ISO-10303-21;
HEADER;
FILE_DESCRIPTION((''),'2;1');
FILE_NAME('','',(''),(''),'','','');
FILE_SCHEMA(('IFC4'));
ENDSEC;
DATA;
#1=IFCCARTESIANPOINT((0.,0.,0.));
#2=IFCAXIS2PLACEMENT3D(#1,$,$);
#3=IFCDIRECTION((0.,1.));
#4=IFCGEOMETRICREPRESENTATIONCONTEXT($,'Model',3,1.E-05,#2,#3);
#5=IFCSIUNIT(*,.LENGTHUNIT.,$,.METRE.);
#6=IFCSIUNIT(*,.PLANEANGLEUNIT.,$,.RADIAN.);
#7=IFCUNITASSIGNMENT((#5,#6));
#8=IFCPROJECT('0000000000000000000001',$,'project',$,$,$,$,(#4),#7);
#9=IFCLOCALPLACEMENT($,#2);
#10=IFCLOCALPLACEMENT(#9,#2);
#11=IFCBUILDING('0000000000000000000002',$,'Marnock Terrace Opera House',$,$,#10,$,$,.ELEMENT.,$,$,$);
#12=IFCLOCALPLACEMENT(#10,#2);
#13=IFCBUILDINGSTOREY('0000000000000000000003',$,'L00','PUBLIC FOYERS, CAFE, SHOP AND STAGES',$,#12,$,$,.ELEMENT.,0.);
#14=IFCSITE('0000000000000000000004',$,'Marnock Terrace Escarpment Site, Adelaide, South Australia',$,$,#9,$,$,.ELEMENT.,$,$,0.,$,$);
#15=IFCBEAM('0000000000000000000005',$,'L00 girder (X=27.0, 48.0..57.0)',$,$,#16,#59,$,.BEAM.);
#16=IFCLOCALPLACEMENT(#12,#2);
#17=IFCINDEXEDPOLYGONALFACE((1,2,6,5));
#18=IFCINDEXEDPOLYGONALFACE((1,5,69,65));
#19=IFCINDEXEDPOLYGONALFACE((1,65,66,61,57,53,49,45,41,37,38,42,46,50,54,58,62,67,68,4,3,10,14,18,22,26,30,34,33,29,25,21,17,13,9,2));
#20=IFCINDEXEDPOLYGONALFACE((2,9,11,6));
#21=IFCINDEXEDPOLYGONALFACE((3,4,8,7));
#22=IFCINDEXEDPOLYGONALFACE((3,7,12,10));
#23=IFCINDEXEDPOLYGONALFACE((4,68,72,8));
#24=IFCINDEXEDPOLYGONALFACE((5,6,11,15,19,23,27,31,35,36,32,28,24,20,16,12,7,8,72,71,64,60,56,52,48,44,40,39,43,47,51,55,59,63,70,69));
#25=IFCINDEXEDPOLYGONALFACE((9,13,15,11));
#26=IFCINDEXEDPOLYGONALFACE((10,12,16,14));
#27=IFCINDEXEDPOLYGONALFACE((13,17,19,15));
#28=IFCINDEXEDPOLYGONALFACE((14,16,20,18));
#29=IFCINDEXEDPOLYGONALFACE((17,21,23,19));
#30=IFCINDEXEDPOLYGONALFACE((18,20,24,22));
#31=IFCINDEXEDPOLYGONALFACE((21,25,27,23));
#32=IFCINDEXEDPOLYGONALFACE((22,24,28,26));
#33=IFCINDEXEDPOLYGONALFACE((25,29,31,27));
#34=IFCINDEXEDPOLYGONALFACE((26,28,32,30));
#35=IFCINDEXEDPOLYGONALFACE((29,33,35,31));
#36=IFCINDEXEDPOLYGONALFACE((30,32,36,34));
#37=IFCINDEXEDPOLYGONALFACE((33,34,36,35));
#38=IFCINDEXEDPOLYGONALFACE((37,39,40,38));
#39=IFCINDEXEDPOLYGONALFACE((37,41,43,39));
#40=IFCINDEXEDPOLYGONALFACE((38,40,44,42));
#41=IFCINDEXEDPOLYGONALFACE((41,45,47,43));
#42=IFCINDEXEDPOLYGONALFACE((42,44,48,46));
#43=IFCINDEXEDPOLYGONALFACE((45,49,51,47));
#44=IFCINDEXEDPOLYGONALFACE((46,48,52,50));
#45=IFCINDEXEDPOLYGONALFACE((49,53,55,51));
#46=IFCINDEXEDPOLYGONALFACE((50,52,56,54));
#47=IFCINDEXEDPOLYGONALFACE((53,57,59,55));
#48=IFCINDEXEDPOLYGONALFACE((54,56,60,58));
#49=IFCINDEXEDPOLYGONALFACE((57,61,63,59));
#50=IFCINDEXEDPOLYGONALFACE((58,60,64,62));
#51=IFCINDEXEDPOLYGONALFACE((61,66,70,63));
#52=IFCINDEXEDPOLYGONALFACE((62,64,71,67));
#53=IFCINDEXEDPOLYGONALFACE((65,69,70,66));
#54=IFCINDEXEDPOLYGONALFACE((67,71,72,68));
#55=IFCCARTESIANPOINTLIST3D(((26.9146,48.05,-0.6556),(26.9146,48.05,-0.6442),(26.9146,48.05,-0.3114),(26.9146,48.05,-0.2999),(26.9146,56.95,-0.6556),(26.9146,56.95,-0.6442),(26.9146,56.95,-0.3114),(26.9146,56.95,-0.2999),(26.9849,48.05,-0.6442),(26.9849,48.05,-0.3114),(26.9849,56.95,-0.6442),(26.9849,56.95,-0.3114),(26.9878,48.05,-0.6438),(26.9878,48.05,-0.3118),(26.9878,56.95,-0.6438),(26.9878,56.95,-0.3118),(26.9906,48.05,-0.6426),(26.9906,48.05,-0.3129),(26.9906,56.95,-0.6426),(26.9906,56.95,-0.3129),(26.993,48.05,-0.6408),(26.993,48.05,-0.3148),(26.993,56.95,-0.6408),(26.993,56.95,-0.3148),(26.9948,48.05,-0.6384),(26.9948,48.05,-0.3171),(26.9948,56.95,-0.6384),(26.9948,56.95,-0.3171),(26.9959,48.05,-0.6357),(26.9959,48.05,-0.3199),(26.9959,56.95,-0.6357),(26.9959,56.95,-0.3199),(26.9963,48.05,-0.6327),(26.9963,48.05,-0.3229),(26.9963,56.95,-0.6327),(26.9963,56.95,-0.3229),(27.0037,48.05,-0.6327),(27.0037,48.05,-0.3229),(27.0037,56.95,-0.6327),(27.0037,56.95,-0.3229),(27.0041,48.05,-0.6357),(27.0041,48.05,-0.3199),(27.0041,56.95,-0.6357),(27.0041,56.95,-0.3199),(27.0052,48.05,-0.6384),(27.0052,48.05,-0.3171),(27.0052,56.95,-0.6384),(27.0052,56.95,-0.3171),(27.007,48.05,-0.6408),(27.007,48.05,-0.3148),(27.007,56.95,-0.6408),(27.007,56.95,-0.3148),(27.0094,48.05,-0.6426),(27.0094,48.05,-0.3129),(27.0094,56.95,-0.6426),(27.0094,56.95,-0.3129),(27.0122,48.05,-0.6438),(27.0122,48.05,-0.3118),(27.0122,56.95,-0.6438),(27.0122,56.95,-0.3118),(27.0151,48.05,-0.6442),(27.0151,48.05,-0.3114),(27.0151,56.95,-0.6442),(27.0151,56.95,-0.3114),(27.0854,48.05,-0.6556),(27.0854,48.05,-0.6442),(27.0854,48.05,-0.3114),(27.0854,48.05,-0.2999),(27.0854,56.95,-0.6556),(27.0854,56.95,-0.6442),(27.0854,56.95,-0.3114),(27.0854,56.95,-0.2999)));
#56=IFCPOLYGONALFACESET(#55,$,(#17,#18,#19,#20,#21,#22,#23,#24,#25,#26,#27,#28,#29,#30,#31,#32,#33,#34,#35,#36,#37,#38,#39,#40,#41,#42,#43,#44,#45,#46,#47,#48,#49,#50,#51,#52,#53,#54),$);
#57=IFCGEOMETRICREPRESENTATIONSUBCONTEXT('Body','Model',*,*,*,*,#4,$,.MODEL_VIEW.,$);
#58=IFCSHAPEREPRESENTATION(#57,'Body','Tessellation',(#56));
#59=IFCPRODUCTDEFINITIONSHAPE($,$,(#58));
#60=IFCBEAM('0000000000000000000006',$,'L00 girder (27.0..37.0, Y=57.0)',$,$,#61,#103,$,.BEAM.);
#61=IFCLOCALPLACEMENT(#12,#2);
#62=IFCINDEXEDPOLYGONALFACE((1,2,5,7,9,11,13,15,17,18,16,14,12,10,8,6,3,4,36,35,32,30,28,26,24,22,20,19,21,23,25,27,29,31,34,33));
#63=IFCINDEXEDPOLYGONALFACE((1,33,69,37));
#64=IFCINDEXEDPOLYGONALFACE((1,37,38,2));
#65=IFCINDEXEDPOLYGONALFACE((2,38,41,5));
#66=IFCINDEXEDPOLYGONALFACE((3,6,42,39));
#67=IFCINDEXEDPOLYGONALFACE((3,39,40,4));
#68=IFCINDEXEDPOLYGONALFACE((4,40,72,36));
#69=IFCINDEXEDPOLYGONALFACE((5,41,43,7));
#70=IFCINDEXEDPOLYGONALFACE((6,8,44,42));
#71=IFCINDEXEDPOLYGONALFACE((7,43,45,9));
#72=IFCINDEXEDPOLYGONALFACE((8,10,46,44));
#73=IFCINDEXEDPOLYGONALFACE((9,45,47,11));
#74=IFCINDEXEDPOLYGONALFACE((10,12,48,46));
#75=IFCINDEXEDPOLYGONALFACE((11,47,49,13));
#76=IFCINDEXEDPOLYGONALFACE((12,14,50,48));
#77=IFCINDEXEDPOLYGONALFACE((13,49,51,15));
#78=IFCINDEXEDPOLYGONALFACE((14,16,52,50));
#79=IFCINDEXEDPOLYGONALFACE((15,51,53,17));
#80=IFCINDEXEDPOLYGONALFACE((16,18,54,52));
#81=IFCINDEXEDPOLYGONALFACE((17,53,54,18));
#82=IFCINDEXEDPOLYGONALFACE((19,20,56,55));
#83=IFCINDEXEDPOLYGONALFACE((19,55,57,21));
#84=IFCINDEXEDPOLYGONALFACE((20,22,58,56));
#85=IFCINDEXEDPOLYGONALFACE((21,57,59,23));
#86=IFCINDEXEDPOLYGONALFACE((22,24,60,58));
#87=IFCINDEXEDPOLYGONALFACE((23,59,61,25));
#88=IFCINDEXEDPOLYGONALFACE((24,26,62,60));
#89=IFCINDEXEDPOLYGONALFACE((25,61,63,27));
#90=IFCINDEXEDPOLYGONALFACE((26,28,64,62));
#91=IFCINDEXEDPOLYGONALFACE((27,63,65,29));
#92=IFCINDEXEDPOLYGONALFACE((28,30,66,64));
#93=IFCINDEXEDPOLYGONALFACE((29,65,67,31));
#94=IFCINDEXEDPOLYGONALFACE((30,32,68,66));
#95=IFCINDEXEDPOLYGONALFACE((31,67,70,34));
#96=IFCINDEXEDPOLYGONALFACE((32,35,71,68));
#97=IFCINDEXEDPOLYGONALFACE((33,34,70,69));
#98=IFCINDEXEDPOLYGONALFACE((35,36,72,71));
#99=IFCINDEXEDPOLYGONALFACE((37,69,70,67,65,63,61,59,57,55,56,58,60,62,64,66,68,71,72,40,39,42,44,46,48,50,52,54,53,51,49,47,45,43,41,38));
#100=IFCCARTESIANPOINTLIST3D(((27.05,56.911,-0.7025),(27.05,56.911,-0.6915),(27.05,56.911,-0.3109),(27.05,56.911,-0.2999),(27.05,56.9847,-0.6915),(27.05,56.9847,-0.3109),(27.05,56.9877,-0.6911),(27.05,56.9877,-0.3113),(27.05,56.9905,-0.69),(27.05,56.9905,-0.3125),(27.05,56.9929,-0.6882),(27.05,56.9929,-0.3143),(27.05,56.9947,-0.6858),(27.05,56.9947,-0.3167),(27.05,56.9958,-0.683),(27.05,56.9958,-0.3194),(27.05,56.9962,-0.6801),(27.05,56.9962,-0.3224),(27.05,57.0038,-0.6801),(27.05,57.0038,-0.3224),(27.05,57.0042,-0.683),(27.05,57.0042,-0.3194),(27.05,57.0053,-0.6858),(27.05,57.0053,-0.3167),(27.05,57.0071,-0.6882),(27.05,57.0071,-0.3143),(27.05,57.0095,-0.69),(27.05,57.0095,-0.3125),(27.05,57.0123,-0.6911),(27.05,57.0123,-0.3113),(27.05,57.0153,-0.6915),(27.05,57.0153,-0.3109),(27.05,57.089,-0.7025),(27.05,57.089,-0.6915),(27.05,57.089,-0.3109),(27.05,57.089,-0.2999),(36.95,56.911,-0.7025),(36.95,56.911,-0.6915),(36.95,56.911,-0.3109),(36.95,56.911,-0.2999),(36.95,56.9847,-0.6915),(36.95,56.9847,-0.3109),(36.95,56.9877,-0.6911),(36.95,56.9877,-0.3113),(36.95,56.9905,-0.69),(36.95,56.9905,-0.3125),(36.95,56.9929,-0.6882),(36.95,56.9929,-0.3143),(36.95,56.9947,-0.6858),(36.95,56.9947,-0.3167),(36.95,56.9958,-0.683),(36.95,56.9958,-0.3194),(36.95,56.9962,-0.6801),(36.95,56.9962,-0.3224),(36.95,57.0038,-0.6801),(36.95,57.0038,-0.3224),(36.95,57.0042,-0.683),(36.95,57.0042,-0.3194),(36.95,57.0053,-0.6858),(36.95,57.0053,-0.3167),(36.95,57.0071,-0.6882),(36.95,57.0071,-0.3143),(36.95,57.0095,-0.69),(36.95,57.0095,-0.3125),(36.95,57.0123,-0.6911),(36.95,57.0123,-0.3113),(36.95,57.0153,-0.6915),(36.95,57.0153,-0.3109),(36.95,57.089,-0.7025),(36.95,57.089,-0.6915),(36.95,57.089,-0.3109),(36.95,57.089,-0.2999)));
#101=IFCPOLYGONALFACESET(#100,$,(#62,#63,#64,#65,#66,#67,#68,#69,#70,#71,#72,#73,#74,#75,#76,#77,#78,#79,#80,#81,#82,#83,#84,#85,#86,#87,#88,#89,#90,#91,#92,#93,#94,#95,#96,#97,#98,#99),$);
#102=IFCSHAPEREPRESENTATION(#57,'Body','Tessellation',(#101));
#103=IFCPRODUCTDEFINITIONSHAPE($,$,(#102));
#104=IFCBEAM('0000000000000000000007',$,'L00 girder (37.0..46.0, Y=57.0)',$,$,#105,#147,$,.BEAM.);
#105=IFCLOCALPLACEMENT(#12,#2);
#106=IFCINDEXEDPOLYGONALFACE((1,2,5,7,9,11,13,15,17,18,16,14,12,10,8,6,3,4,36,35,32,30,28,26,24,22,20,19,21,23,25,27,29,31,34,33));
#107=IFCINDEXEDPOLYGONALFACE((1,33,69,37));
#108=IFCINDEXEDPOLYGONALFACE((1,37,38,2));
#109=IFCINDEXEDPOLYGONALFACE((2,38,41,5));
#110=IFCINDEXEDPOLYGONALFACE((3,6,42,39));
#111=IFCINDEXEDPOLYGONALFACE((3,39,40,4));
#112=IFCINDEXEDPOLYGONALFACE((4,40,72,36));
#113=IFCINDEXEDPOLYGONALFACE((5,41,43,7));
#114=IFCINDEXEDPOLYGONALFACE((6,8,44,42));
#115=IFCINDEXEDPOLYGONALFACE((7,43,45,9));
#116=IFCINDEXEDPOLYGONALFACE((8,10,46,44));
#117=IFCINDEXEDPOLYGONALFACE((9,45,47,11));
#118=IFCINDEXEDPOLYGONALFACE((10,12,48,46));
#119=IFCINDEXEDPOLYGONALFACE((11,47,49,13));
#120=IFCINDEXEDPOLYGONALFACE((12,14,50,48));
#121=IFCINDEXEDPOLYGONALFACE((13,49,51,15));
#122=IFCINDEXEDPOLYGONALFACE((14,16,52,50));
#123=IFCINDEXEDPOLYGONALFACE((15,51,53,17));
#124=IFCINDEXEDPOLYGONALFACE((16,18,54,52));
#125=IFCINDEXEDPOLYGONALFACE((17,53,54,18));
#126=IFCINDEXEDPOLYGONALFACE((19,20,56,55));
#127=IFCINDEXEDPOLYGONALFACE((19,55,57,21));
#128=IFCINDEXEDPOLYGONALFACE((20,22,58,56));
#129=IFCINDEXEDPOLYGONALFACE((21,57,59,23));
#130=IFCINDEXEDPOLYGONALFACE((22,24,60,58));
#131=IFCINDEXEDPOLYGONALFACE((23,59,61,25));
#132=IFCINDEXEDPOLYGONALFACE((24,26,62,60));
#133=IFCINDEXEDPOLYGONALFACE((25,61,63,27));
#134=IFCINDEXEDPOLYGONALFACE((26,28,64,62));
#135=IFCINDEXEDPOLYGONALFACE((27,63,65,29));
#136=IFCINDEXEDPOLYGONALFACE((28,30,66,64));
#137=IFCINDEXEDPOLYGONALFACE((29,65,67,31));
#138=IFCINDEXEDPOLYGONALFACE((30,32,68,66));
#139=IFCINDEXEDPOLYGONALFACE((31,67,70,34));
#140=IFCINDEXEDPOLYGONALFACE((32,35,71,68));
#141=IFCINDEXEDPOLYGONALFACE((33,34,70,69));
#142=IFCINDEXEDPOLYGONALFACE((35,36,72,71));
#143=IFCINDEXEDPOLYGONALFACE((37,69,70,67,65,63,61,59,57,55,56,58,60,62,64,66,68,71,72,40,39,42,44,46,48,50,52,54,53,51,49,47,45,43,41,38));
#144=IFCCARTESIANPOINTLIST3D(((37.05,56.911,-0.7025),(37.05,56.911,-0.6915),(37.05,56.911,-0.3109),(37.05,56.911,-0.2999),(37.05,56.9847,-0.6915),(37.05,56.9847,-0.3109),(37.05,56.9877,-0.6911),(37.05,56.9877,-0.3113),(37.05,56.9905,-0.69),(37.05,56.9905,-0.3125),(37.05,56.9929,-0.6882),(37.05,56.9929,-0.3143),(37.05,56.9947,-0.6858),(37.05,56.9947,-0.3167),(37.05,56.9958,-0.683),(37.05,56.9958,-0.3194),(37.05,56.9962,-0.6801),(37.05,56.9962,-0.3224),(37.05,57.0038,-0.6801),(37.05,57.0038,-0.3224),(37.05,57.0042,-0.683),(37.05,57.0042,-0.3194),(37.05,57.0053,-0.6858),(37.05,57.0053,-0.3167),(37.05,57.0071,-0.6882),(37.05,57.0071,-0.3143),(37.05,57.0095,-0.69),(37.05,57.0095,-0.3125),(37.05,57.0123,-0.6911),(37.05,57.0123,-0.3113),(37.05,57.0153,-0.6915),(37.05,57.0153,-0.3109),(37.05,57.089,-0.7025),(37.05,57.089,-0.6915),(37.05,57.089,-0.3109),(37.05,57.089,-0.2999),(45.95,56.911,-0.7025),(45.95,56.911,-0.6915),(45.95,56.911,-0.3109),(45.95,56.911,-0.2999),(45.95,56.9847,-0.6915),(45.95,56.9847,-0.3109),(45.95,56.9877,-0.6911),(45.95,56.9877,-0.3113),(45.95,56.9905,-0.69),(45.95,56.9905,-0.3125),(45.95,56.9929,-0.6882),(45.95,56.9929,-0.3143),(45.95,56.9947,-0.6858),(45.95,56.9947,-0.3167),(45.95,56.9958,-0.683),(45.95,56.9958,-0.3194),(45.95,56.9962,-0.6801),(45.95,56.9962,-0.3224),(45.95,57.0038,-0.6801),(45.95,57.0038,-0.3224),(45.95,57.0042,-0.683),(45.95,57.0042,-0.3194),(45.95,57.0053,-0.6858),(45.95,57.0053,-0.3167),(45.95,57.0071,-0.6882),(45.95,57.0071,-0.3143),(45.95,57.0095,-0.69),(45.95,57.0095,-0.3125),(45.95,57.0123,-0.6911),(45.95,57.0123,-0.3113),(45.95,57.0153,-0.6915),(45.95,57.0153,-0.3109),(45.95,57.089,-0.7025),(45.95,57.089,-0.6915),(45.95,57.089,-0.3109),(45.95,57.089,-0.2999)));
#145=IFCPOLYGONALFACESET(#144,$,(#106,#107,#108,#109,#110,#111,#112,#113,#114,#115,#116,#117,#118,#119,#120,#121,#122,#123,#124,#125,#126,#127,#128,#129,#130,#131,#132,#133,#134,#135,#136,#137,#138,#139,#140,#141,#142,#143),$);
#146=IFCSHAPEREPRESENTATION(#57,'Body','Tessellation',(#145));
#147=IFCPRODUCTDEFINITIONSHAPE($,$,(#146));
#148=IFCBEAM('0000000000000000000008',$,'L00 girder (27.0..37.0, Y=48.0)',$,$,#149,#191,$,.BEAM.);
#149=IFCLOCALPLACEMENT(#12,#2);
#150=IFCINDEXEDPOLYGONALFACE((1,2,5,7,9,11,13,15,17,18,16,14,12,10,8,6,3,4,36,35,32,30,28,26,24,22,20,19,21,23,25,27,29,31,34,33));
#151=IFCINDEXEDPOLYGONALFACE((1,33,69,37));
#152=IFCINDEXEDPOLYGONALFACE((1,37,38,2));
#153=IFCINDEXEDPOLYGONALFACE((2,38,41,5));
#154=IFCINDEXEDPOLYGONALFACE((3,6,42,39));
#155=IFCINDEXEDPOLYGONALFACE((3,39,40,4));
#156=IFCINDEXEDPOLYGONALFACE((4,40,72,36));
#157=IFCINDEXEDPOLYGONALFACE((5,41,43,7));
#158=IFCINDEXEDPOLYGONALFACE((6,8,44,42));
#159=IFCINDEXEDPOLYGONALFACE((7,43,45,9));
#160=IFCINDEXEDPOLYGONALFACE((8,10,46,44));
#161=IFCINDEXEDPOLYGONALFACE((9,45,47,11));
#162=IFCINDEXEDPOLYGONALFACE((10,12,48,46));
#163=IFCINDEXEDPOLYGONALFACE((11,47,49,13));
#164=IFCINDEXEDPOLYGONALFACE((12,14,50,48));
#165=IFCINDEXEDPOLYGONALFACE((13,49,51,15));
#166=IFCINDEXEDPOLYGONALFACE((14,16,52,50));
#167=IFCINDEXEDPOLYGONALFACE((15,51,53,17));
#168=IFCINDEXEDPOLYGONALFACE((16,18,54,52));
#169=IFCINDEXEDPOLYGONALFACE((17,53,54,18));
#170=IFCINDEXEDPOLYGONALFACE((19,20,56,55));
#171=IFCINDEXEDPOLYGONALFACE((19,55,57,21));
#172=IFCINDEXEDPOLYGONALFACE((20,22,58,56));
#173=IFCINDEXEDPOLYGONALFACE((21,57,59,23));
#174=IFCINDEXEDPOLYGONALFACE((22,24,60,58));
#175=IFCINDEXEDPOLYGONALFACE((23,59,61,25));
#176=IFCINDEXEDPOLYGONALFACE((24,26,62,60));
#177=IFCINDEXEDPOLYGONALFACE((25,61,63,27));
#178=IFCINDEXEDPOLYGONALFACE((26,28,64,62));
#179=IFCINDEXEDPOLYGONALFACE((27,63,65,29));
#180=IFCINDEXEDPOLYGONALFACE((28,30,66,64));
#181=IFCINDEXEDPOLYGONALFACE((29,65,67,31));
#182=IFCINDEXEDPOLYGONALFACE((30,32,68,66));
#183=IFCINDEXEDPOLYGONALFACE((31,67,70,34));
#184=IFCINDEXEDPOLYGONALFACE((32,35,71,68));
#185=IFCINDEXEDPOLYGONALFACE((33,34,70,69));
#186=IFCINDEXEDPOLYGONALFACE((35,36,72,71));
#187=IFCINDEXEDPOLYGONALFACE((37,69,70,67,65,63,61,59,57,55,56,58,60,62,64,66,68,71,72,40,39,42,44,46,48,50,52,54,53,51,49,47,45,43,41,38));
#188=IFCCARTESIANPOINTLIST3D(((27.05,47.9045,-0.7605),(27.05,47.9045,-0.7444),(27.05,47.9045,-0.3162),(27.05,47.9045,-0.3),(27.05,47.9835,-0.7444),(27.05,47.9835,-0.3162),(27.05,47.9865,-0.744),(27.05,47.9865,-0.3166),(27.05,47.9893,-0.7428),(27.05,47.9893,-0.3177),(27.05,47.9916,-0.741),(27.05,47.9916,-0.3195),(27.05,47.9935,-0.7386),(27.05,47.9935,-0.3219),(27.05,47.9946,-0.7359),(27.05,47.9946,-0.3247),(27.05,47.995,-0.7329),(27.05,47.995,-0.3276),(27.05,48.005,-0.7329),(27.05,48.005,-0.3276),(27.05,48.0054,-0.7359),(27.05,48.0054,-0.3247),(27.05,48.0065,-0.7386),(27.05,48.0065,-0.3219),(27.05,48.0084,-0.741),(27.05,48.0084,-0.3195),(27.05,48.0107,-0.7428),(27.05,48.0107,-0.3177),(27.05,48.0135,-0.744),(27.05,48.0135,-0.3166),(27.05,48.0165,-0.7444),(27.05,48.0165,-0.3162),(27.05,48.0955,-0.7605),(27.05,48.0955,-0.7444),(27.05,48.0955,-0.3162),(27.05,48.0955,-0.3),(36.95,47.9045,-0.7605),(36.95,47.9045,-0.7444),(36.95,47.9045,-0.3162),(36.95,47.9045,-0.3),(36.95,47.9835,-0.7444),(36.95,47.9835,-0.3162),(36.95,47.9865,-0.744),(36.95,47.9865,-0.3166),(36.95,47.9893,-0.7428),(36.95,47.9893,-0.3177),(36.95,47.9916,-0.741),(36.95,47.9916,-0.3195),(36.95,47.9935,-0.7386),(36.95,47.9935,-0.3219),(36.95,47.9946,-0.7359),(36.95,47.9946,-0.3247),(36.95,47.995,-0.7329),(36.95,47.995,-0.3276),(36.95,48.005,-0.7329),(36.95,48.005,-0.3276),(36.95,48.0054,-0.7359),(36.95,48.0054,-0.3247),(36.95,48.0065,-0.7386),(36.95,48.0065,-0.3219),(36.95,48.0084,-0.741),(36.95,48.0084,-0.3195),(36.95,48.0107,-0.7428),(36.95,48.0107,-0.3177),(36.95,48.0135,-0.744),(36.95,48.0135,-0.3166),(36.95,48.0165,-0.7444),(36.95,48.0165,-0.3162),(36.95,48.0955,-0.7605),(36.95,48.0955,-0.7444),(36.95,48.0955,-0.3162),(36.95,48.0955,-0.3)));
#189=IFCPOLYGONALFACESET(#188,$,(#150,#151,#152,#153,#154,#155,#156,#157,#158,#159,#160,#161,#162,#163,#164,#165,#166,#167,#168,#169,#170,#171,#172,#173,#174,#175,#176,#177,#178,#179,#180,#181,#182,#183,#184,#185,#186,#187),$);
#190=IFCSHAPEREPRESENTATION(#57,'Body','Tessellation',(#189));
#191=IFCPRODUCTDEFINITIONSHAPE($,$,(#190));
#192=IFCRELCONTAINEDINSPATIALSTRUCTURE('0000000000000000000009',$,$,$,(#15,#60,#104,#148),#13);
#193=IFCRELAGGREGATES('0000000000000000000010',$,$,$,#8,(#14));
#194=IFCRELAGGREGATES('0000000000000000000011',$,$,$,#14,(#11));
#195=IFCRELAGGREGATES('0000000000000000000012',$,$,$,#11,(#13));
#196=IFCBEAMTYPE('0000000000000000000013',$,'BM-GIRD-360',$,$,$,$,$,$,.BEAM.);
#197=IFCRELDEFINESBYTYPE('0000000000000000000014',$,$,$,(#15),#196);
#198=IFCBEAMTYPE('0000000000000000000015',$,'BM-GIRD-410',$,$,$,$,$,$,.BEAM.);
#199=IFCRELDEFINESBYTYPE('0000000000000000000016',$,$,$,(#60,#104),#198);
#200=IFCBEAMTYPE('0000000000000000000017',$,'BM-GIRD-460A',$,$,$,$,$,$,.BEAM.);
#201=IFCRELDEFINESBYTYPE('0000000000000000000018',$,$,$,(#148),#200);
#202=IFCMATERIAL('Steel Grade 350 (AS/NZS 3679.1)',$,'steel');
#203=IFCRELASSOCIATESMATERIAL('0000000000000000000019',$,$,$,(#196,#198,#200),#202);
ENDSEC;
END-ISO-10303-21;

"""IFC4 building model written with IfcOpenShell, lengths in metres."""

from ifc_helpers import new_model, si_unit, direction, frame, origin, origin_2d, place, context, subcontext, project, spatial, i_section, extrude, material, material_profile, profile_set, type_object, element, save


model = new_model("IFC4")

# Units and contexts
model_context = context("Model", 3, precision=1e-05, world=origin(), true_north=direction((0.0, 1.0)))
body_context = subcontext(model_context, "Body", "Model", "MODEL_VIEW")
ifc_project = project(units=[si_unit("LENGTHUNIT", "METRE"), si_unit("PLANEANGLEUNIT", "RADIAN")], contexts=[model_context])

# Site, building, storey
site_placement = place(None, origin())
site = spatial("IfcSite", under=ifc_project, at=site_placement, Name="Marnock Terrace Escarpment Site, Adelaide, South Australia", CompositionType="ELEMENT", RefElevation=0.0)
building_placement = place(site_placement, origin())
building = spatial("IfcBuilding", under=site, at=building_placement, Name="Marnock Terrace Opera House", CompositionType="ELEMENT")
storey_placement = place(building_placement, origin())
storey = spatial("IfcBuildingStorey", under=building, at=storey_placement, Name="L00", Description="PUBLIC FOYERS, CAFE, SHOP AND STAGES", CompositionType="ELEMENT", Elevation=0.0)

# Shared definitions
ifc_material_1 = material(Name="Steel Grade 350 (AS/NZS 3679.1)", Category="steel")

# Beams
ifc_material_profile_1 = material_profile(ifc_material_1, i_section(OverallWidth=0.1709, OverallDepth=0.3557, WebThickness=0.0073, FlangeThickness=0.0115, FilletRadius=0.0115, at=origin_2d()))
ifc_profile_set_1 = profile_set([ifc_material_profile_1], Name="Steel Grade 350 (AS/NZS 3679.1)")
beam_type_1 = type_object("IfcBeamType", Name="BM-GIRD-360", PredefinedType="BEAM", material=ifc_profile_set_1)
beam_1_placement = place(storey_placement, frame((27.0, 48.05, -0.4778), z_axis=(0.0, 1.0, 0.0), x_axis=(-1.0, 0.0, 0.0)))
element("IfcBeam", 1, at=beam_1_placement, inside=storey, type_object=beam_type_1, Name="L00 girder (X=27.0, 48.0..57.0)", PredefinedType="BEAM", context=body_context, shape_type="SweptSolid", body=[
    extrude(i_section(OverallWidth=0.1709, OverallDepth=0.3557, WebThickness=0.0073, FlangeThickness=0.0115, FilletRadius=0.0115, at=origin_2d()), origin(), (0.0, 0.0, 1.0), 8.8999),
])
ifc_material_profile_2 = material_profile(ifc_material_1, i_section(OverallWidth=0.178, OverallDepth=0.4026, WebThickness=0.0076, FlangeThickness=0.011, FilletRadius=0.0115, at=origin_2d()))
ifc_profile_set_2 = profile_set([ifc_material_profile_2], Name="Steel Grade 350 (AS/NZS 3679.1)")
beam_type_2 = type_object("IfcBeamType", Name="BM-GIRD-410", PredefinedType="BEAM", material=ifc_profile_set_2)
beam_2_placement = place(storey_placement, frame((27.05, 57.0, -0.5012), z_axis=(1.0, 0.0, 0.0), x_axis=(0.0, 1.0, 0.0)))
element("IfcBeam", 2, at=beam_2_placement, inside=storey, type_object=beam_type_2, Name="L00 girder (27.0..37.0, Y=57.0)", PredefinedType="BEAM", context=body_context, shape_type="SweptSolid", body=[
    extrude(i_section(OverallWidth=0.178, OverallDepth=0.4026, WebThickness=0.0076, FlangeThickness=0.011, FilletRadius=0.0115, at=origin_2d()), origin(), (0.0, 0.0, 1.0), 9.8999),
])
beam_3_placement = place(storey_placement, frame((37.05, 57.0, -0.5012), z_axis=(1.0, 0.0, 0.0), x_axis=(0.0, 1.0, 0.0)))
element("IfcBeam", 3, at=beam_3_placement, inside=storey, type_object=beam_type_2, Name="L00 girder (37.0..46.0, Y=57.0)", PredefinedType="BEAM", context=body_context, shape_type="SweptSolid", body=[
    extrude(i_section(OverallWidth=0.178, OverallDepth=0.4026, WebThickness=0.0076, FlangeThickness=0.011, FilletRadius=0.0115, at=origin_2d()), origin(), (0.0, 0.0, 1.0), 8.8999),
])
ifc_material_profile_3 = material_profile(ifc_material_1, i_section(OverallWidth=0.1909, OverallDepth=0.4604, WebThickness=0.01, FlangeThickness=0.0161, FilletRadius=0.0115, at=origin_2d()))
ifc_profile_set_3 = profile_set([ifc_material_profile_3], Name="Steel Grade 350 (AS/NZS 3679.1)")
beam_type_3 = type_object("IfcBeamType", Name="BM-GIRD-460A", PredefinedType="BEAM", material=ifc_profile_set_3)
beam_4_placement = place(storey_placement, frame((27.05, 48.0, -0.5303), z_axis=(1.0, 0.0, 0.0), x_axis=(0.0, 1.0, 0.0)))
element("IfcBeam", 4, at=beam_4_placement, inside=storey, type_object=beam_type_3, Name="L00 girder (27.0..37.0, Y=48.0)", PredefinedType="BEAM", context=body_context, shape_type="SweptSolid", body=[
    extrude(i_section(OverallWidth=0.1909, OverallDepth=0.4604, WebThickness=0.01, FlangeThickness=0.0161, FilletRadius=0.0115, at=origin_2d()), origin(), (0.0, 0.0, 1.0), 9.8999),
])

save(model, "model.ifc")
